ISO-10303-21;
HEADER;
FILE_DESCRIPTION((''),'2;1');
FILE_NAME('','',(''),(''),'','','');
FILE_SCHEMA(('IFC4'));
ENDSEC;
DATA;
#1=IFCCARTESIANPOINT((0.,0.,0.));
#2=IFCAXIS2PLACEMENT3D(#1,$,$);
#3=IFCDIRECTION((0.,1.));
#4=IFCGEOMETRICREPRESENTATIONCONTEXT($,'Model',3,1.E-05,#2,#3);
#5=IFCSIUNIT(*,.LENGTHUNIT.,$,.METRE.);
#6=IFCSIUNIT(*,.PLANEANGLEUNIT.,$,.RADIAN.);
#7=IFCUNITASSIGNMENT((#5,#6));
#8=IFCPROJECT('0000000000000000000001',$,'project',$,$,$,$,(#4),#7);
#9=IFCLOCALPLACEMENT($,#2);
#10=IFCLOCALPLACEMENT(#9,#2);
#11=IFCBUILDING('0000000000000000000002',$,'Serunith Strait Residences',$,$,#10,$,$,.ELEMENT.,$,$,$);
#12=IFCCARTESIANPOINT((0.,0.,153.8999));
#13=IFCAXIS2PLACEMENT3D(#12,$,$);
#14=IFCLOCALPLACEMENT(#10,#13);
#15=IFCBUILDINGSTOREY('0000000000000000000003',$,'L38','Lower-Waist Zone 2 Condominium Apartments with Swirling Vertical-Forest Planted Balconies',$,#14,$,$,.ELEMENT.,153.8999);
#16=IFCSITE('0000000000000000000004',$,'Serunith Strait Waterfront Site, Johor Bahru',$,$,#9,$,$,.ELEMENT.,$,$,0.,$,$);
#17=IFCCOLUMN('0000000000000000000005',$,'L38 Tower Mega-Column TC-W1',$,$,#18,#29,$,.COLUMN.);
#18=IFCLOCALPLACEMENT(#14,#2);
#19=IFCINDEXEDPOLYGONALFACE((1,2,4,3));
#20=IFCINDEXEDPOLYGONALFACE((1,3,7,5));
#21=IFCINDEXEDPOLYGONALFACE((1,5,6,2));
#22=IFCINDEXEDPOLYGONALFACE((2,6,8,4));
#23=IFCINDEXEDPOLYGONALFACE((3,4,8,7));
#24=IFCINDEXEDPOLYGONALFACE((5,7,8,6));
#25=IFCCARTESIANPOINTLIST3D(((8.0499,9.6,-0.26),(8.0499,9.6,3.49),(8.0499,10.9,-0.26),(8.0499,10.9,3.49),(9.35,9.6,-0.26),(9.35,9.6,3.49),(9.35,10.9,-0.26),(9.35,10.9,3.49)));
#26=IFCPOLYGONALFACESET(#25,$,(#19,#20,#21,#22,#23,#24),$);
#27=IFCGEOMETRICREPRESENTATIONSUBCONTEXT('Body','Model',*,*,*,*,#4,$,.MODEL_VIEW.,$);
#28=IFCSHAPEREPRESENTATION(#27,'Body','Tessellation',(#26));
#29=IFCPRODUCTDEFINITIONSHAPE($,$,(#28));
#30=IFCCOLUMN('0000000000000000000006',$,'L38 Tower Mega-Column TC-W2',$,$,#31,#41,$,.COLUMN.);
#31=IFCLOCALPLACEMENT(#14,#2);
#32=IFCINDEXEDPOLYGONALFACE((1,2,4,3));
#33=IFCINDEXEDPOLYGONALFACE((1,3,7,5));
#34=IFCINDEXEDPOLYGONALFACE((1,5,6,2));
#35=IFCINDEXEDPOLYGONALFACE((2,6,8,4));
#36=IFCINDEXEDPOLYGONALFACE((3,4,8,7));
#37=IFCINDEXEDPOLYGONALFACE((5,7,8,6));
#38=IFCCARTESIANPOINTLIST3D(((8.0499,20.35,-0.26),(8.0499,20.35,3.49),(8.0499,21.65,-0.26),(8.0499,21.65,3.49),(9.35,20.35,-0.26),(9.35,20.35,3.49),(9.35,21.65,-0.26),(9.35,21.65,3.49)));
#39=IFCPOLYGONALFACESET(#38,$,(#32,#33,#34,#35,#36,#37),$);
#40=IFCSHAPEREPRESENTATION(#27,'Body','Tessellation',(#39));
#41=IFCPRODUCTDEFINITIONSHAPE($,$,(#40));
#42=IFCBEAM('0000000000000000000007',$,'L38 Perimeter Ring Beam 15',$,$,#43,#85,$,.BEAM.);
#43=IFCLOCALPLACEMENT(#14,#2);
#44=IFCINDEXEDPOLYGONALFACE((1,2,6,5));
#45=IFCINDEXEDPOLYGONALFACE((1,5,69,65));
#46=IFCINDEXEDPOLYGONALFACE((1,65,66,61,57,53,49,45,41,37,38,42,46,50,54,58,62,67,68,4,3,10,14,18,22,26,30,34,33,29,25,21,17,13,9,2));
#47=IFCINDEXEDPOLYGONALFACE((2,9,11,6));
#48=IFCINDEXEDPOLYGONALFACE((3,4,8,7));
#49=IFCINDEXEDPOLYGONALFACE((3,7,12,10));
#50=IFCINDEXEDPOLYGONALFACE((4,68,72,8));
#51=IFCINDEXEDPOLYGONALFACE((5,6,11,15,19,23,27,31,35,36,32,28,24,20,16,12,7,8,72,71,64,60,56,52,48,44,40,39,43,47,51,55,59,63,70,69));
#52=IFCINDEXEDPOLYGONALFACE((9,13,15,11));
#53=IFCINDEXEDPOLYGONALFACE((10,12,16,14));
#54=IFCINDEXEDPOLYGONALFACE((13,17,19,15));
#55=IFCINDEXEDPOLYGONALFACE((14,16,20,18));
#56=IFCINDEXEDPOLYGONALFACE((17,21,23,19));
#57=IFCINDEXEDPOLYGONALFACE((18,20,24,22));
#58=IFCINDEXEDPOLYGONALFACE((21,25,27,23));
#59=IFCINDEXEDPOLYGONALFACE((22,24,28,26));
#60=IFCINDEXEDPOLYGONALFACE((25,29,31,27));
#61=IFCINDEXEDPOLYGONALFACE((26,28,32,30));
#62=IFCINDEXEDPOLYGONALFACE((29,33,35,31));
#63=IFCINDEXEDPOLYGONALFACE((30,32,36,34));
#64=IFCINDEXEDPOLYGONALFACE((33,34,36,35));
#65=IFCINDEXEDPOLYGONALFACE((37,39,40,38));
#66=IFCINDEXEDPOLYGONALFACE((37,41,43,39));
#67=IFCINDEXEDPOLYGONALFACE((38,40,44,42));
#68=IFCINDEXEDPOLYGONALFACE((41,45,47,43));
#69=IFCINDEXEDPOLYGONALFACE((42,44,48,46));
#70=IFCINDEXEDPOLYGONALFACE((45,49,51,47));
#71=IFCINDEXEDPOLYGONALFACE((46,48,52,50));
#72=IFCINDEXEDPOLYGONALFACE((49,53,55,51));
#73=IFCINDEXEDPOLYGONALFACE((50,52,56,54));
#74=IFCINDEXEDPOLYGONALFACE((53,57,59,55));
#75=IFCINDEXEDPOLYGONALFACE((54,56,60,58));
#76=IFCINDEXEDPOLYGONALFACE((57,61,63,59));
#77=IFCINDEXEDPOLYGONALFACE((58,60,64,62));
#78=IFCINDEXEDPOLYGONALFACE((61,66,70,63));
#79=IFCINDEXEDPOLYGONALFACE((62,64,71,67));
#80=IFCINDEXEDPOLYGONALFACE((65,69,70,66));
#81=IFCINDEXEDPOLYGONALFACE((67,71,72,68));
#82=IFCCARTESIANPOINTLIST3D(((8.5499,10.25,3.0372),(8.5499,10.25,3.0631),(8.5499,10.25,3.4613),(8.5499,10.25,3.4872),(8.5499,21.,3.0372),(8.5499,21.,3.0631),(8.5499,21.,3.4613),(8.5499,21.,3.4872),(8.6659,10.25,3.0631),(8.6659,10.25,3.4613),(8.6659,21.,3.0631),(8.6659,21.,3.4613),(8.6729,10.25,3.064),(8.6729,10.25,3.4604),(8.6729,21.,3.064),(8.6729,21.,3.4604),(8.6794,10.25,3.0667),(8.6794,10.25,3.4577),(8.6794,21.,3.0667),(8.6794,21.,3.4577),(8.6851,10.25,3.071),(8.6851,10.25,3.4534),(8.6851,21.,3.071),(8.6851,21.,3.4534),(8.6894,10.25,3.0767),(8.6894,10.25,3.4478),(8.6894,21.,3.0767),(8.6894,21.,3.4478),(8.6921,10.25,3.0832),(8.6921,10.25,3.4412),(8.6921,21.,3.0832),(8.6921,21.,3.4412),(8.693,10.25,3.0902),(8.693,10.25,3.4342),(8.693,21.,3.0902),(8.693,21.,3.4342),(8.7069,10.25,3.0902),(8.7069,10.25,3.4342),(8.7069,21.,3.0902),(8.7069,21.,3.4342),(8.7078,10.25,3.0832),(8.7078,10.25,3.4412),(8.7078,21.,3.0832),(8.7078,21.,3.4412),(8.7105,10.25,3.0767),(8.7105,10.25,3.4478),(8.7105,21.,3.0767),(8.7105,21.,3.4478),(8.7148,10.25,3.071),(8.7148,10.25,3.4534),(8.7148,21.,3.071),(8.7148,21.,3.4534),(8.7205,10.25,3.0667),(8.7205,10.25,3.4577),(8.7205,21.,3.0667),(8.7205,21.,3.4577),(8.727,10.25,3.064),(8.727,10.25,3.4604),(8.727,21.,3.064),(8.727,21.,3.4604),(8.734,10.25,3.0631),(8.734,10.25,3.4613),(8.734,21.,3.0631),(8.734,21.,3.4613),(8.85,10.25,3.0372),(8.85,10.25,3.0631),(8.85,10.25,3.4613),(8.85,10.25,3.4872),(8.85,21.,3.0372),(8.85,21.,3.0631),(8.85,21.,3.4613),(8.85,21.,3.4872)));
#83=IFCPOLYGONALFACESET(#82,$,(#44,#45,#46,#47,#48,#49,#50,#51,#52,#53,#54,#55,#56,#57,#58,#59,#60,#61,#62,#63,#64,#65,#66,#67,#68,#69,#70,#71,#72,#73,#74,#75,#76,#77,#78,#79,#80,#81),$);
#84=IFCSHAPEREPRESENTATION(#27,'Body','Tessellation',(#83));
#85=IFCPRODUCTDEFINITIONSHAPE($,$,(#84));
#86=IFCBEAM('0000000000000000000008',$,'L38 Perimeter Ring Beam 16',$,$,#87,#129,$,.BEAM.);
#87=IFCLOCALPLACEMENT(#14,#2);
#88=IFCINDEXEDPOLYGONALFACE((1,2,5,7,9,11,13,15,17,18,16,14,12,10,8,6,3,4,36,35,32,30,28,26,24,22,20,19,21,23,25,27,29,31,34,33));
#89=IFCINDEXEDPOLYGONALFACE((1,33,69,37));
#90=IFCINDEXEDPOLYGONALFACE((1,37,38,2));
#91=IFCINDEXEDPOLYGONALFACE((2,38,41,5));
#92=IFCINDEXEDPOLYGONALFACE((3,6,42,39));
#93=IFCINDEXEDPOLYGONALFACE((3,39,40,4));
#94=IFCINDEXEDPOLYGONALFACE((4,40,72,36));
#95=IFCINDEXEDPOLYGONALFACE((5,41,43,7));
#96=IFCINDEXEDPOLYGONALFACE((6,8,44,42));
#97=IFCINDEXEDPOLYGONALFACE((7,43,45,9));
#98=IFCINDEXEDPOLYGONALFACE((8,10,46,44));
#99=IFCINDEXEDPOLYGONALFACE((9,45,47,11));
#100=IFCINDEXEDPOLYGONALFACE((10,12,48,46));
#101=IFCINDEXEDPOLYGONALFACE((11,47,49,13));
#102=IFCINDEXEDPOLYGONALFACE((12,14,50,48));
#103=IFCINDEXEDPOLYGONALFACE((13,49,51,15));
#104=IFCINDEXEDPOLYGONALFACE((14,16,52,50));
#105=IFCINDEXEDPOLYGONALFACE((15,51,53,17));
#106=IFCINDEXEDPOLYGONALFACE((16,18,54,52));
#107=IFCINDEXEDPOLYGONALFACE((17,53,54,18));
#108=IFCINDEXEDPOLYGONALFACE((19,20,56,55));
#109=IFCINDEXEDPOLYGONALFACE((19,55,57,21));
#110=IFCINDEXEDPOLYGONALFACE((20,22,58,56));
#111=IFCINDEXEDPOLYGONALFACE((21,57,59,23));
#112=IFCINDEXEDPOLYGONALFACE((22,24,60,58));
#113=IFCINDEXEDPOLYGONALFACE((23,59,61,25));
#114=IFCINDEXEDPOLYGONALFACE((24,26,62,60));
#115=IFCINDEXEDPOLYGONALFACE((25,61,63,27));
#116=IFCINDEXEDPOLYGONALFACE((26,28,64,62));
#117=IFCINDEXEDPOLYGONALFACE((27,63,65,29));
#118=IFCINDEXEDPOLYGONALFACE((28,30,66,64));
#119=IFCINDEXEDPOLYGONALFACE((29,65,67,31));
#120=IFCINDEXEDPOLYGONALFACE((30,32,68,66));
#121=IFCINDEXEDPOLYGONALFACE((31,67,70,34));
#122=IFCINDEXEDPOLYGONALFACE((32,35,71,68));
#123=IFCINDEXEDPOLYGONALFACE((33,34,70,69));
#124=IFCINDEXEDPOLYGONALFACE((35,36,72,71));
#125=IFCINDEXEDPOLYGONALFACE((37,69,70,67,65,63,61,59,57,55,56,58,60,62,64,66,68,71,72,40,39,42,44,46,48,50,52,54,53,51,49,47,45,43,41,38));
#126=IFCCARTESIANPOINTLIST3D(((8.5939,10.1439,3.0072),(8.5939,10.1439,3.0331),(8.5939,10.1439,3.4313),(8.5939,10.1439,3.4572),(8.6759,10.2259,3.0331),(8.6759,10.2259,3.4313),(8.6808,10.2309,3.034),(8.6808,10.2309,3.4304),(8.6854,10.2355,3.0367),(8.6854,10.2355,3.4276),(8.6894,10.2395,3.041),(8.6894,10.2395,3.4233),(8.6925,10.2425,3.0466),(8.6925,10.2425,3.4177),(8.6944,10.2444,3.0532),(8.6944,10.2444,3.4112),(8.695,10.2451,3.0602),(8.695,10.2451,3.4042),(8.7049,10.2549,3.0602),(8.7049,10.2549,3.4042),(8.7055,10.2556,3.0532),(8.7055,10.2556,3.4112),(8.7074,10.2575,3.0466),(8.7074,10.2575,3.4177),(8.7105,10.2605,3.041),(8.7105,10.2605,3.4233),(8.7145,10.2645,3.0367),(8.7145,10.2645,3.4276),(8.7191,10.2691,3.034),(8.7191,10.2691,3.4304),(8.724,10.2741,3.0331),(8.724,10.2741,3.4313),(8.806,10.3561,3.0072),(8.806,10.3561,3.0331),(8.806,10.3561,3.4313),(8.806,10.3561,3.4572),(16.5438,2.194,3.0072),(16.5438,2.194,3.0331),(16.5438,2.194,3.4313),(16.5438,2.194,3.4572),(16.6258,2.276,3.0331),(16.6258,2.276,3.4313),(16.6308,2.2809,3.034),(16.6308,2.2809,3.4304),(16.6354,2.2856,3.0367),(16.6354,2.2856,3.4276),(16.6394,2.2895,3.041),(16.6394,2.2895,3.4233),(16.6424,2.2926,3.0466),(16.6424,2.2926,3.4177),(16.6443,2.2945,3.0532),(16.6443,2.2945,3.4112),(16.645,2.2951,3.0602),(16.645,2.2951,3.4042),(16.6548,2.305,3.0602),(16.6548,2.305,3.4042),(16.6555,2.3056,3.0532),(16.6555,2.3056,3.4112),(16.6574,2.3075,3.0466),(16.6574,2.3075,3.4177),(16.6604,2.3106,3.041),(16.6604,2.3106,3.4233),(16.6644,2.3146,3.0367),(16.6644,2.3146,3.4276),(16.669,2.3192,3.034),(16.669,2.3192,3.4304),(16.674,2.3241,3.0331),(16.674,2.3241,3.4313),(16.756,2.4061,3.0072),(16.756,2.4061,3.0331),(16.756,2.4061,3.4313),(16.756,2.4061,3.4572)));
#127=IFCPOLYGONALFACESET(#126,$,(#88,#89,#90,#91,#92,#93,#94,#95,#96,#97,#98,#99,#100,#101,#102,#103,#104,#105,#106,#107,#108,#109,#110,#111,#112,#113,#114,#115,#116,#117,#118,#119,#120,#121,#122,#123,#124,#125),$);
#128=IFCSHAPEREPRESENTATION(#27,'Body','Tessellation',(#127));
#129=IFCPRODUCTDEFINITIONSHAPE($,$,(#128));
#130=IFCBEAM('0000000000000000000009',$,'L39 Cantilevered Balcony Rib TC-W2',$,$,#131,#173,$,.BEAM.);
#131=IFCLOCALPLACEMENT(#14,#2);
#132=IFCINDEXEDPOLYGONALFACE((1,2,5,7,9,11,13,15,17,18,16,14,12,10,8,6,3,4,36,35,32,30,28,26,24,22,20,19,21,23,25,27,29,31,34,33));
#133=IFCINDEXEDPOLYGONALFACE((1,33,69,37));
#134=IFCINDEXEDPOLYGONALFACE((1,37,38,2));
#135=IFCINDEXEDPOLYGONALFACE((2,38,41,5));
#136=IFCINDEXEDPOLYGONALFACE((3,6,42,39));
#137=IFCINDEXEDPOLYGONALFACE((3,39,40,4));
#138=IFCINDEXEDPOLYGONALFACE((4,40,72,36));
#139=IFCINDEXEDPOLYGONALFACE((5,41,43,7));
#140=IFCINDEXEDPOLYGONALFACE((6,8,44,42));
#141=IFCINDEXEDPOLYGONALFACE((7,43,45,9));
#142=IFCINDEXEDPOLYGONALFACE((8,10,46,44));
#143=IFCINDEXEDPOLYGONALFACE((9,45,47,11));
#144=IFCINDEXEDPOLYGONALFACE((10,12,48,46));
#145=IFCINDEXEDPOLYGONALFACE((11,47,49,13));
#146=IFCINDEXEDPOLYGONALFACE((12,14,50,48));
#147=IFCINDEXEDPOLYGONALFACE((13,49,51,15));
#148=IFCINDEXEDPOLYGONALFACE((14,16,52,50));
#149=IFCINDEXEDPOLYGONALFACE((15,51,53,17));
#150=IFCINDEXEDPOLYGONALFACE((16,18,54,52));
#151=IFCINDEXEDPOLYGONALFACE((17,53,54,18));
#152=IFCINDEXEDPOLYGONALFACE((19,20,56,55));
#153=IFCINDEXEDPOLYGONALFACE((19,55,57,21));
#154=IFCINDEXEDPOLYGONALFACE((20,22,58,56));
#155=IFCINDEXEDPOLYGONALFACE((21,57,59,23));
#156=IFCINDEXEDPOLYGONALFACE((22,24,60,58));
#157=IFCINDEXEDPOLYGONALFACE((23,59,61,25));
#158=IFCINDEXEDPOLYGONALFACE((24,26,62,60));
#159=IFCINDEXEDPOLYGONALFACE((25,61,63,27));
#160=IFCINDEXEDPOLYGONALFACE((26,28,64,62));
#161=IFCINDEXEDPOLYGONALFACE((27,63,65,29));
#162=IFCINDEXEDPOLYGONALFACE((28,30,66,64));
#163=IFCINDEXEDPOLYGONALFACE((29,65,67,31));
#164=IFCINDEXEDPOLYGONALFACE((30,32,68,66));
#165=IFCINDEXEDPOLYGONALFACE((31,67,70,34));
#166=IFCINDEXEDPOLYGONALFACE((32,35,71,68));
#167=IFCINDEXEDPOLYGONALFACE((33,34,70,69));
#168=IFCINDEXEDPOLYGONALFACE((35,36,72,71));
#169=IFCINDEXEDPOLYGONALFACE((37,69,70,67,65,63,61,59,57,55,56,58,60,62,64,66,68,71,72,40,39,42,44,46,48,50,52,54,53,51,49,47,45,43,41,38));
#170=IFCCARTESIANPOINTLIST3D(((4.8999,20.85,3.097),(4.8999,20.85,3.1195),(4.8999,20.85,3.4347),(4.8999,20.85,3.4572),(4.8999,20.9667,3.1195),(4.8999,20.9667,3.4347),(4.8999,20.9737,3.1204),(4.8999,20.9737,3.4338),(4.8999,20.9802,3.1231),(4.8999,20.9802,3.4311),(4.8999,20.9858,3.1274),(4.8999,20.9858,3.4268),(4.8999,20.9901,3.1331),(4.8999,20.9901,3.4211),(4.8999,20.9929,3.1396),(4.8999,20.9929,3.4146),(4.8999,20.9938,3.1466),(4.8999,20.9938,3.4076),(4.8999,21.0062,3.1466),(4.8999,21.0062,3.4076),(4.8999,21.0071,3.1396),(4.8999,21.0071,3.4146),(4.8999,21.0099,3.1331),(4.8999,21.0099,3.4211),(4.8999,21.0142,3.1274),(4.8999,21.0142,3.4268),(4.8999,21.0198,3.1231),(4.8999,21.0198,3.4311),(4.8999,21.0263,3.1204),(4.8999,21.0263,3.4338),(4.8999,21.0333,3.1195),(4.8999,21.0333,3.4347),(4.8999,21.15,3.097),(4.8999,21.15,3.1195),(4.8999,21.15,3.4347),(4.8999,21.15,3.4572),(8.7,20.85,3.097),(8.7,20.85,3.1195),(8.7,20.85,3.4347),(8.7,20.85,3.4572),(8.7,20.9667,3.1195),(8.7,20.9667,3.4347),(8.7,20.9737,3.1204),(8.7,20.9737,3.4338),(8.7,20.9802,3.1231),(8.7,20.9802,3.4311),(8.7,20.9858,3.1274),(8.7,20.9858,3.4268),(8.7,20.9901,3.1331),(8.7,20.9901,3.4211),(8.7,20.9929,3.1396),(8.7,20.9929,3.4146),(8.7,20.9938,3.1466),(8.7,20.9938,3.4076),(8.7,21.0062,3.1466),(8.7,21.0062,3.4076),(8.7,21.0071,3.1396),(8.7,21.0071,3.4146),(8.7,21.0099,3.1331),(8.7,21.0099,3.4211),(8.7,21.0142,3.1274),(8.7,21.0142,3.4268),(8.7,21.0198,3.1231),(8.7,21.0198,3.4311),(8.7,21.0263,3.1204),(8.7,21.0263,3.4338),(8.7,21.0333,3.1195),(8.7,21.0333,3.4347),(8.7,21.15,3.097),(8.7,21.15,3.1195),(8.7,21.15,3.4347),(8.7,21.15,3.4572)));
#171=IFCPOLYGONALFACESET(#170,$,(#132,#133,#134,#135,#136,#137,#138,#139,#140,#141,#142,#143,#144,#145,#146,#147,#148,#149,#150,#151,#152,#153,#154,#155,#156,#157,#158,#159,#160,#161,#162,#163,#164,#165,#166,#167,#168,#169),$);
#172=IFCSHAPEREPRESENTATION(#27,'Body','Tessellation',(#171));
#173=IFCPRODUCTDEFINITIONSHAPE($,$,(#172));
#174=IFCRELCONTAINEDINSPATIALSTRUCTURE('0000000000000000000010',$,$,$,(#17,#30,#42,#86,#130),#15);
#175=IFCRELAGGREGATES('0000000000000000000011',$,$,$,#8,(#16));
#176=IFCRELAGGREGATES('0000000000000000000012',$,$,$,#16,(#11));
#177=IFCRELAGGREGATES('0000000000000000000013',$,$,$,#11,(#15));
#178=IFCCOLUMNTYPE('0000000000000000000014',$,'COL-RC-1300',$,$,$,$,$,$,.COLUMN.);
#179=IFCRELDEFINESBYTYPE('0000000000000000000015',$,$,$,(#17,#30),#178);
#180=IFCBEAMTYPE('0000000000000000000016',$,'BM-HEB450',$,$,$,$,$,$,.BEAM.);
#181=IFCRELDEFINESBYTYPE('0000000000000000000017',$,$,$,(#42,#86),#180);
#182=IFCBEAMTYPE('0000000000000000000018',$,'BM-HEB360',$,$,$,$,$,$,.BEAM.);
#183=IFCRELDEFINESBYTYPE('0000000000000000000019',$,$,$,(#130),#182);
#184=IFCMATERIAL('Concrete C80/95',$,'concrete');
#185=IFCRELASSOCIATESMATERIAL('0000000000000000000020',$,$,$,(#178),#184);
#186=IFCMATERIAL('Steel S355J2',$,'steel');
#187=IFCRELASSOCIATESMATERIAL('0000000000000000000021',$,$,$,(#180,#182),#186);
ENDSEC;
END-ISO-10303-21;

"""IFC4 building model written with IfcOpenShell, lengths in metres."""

from ifc_helpers import new_model, si_unit, direction, frame, origin, origin_2d, place, context, subcontext, project, spatial, rectangle, i_section, extrude, source, transform, mapped, material, material_profile, profile_set, type_object, element, save


model = new_model("IFC4")

# Units and contexts
model_context = context("Model", 3, precision=1e-05, world=origin(), true_north=direction((0.0, 1.0)))
body_context = subcontext(model_context, "Body", "Model", "MODEL_VIEW")
ifc_project = project(units=[si_unit("LENGTHUNIT", "METRE"), si_unit("PLANEANGLEUNIT", "RADIAN")], contexts=[model_context])

# Site, building, storey
site_placement = place(None, origin())
site = spatial("IfcSite", under=ifc_project, at=site_placement, Name="Serunith Strait Waterfront Site, Johor Bahru", CompositionType="ELEMENT", RefElevation=0.0)
building_placement = place(site_placement, origin())
building = spatial("IfcBuilding", under=site, at=building_placement, Name="Serunith Strait Residences", CompositionType="ELEMENT")
storey_placement = place(building_placement, frame((0.0, 0.0, 153.8999)))
storey = spatial("IfcBuildingStorey", under=building, at=storey_placement, Name="L38", Description="Lower-Waist Zone 2 Condominium Apartments with Swirling Vertical-Forest Planted Balconies", CompositionType="ELEMENT", Elevation=153.8999)

# Columns
ifc_material_1 = material(Name="Concrete C80/95", Category="concrete")
ifc_material_profile_1 = material_profile(ifc_material_1, rectangle(XDim=1.3, YDim=1.3, at=origin_2d()), Name="RC 1300x1300")
ifc_profile_set_1 = profile_set([ifc_material_profile_1], Name="Concrete C80/95")
column_type = type_object("IfcColumnType", Name="COL-RC-1300", PredefinedType="COLUMN", material=ifc_profile_set_1)
shared_shape_1 = source(origin(), body_context, "Body", "SweptSolid", [
    extrude(rectangle(XDim=1.3, YDim=1.3, at=origin_2d()), origin(), (0.0, 0.0, 1.0), 3.75),
])
for number, where, z_axis, x_axis, name in (
    (1, (8.7, 10.25, -0.26), (0.0, 0.0, 1.0), (1.0, 0.0, 0.0), "L38 Tower Mega-Column TC-W1"),
    (2, (8.7, 21.0, -0.26), (0.0, 0.0, 1.0), (1.0, 0.0, 0.0), "L38 Tower Mega-Column TC-W2"),
):
    element("IfcColumn", number, at=place(storey_placement, frame(where, z_axis=z_axis, x_axis=x_axis)), inside=storey, type_object=column_type, Name=name, PredefinedType="COLUMN", context=body_context, shape_type="MappedRepresentation", body=[
        mapped(shared_shape_1, transform((0.0, 0.0, 0.0), scale=1.0)),
    ])

# Beams
ifc_material_2 = material(Name="Steel S355J2", Category="steel")
ifc_material_profile_2 = material_profile(ifc_material_2, i_section(OverallWidth=0.3, OverallDepth=0.45, WebThickness=0.0139, FlangeThickness=0.0259, FilletRadius=0.0271, at=origin_2d()), Name="HEB 450")
ifc_profile_set_2 = profile_set([ifc_material_profile_2], Name="Steel S355J2")
beam_type_1 = type_object("IfcBeamType", Name="BM-HEB450", PredefinedType="BEAM", material=ifc_profile_set_2)
shared_shape_2 = source(origin(), body_context, "Body", "SweptSolid", [
    extrude(i_section(OverallWidth=0.3, OverallDepth=0.45, WebThickness=0.0139, FlangeThickness=0.0259, FilletRadius=0.0271, at=origin_2d()), origin(), (0.0, 0.0, 1.0), 10.75),
])
beam_1_placement = place(storey_placement, frame((8.7, 21.0, 3.2622), z_axis=(0.0, -1.0, 0.0), x_axis=(1.0, 0.0, 0.0)))
element("IfcBeam", 3, at=beam_1_placement, inside=storey, type_object=beam_type_1, Name="L38 Perimeter Ring Beam 15", PredefinedType="BEAM", context=body_context, shape_type="MappedRepresentation", body=[
    mapped(shared_shape_2, transform((0.0, 0.0, 0.0), scale=1.0)),
])
shared_shape_3 = source(origin(), body_context, "Body", "SweptSolid", [
    extrude(i_section(OverallWidth=0.3, OverallDepth=0.45, WebThickness=0.0139, FlangeThickness=0.0259, FilletRadius=0.0271, at=origin_2d()), origin(), (0.0, 0.0, 1.0), 11.2429),
])
beam_2_placement = place(storey_placement, frame((8.7, 10.25, 3.2322), z_axis=(0.707107, -0.707107, 0.0), x_axis=(0.707107, 0.707107, 0.0)))
element("IfcBeam", 4, at=beam_2_placement, inside=storey, type_object=beam_type_1, Name="L38 Perimeter Ring Beam 16", PredefinedType="BEAM", context=body_context, shape_type="MappedRepresentation", body=[
    mapped(shared_shape_3, transform((0.0, 0.0, 0.0), scale=1.0)),
])
ifc_material_profile_3 = material_profile(ifc_material_2, i_section(OverallWidth=0.3, OverallDepth=0.3601, WebThickness=0.0125, FlangeThickness=0.0225, FilletRadius=0.0271, at=origin_2d()), Name="HEB 360")
ifc_profile_set_3 = profile_set([ifc_material_profile_3], Name="Steel S355J2")
beam_type_2 = type_object("IfcBeamType", Name="BM-HEB360", PredefinedType="BEAM", material=ifc_profile_set_3)
shared_shape_4 = source(origin(), body_context, "Body", "SweptSolid", [
    extrude(i_section(OverallWidth=0.3, OverallDepth=0.3601, WebThickness=0.0125, FlangeThickness=0.0225, FilletRadius=0.0271, at=origin_2d()), origin(), (0.0, 0.0, 1.0), 3.8),
])
beam_3_placement = place(storey_placement, frame((8.7, 21.0, 3.2771), z_axis=(-1.0, 0.0, 0.0), x_axis=(0.0, -1.0, 0.0)))
element("IfcBeam", 5, at=beam_3_placement, inside=storey, type_object=beam_type_2, Name="L39 Cantilevered Balcony Rib TC-W2", PredefinedType="BEAM", context=body_context, shape_type="MappedRepresentation", body=[
    mapped(shared_shape_4, transform((0.0, 0.0, 0.0), scale=1.0)),
])

save(model, "model.ifc")
